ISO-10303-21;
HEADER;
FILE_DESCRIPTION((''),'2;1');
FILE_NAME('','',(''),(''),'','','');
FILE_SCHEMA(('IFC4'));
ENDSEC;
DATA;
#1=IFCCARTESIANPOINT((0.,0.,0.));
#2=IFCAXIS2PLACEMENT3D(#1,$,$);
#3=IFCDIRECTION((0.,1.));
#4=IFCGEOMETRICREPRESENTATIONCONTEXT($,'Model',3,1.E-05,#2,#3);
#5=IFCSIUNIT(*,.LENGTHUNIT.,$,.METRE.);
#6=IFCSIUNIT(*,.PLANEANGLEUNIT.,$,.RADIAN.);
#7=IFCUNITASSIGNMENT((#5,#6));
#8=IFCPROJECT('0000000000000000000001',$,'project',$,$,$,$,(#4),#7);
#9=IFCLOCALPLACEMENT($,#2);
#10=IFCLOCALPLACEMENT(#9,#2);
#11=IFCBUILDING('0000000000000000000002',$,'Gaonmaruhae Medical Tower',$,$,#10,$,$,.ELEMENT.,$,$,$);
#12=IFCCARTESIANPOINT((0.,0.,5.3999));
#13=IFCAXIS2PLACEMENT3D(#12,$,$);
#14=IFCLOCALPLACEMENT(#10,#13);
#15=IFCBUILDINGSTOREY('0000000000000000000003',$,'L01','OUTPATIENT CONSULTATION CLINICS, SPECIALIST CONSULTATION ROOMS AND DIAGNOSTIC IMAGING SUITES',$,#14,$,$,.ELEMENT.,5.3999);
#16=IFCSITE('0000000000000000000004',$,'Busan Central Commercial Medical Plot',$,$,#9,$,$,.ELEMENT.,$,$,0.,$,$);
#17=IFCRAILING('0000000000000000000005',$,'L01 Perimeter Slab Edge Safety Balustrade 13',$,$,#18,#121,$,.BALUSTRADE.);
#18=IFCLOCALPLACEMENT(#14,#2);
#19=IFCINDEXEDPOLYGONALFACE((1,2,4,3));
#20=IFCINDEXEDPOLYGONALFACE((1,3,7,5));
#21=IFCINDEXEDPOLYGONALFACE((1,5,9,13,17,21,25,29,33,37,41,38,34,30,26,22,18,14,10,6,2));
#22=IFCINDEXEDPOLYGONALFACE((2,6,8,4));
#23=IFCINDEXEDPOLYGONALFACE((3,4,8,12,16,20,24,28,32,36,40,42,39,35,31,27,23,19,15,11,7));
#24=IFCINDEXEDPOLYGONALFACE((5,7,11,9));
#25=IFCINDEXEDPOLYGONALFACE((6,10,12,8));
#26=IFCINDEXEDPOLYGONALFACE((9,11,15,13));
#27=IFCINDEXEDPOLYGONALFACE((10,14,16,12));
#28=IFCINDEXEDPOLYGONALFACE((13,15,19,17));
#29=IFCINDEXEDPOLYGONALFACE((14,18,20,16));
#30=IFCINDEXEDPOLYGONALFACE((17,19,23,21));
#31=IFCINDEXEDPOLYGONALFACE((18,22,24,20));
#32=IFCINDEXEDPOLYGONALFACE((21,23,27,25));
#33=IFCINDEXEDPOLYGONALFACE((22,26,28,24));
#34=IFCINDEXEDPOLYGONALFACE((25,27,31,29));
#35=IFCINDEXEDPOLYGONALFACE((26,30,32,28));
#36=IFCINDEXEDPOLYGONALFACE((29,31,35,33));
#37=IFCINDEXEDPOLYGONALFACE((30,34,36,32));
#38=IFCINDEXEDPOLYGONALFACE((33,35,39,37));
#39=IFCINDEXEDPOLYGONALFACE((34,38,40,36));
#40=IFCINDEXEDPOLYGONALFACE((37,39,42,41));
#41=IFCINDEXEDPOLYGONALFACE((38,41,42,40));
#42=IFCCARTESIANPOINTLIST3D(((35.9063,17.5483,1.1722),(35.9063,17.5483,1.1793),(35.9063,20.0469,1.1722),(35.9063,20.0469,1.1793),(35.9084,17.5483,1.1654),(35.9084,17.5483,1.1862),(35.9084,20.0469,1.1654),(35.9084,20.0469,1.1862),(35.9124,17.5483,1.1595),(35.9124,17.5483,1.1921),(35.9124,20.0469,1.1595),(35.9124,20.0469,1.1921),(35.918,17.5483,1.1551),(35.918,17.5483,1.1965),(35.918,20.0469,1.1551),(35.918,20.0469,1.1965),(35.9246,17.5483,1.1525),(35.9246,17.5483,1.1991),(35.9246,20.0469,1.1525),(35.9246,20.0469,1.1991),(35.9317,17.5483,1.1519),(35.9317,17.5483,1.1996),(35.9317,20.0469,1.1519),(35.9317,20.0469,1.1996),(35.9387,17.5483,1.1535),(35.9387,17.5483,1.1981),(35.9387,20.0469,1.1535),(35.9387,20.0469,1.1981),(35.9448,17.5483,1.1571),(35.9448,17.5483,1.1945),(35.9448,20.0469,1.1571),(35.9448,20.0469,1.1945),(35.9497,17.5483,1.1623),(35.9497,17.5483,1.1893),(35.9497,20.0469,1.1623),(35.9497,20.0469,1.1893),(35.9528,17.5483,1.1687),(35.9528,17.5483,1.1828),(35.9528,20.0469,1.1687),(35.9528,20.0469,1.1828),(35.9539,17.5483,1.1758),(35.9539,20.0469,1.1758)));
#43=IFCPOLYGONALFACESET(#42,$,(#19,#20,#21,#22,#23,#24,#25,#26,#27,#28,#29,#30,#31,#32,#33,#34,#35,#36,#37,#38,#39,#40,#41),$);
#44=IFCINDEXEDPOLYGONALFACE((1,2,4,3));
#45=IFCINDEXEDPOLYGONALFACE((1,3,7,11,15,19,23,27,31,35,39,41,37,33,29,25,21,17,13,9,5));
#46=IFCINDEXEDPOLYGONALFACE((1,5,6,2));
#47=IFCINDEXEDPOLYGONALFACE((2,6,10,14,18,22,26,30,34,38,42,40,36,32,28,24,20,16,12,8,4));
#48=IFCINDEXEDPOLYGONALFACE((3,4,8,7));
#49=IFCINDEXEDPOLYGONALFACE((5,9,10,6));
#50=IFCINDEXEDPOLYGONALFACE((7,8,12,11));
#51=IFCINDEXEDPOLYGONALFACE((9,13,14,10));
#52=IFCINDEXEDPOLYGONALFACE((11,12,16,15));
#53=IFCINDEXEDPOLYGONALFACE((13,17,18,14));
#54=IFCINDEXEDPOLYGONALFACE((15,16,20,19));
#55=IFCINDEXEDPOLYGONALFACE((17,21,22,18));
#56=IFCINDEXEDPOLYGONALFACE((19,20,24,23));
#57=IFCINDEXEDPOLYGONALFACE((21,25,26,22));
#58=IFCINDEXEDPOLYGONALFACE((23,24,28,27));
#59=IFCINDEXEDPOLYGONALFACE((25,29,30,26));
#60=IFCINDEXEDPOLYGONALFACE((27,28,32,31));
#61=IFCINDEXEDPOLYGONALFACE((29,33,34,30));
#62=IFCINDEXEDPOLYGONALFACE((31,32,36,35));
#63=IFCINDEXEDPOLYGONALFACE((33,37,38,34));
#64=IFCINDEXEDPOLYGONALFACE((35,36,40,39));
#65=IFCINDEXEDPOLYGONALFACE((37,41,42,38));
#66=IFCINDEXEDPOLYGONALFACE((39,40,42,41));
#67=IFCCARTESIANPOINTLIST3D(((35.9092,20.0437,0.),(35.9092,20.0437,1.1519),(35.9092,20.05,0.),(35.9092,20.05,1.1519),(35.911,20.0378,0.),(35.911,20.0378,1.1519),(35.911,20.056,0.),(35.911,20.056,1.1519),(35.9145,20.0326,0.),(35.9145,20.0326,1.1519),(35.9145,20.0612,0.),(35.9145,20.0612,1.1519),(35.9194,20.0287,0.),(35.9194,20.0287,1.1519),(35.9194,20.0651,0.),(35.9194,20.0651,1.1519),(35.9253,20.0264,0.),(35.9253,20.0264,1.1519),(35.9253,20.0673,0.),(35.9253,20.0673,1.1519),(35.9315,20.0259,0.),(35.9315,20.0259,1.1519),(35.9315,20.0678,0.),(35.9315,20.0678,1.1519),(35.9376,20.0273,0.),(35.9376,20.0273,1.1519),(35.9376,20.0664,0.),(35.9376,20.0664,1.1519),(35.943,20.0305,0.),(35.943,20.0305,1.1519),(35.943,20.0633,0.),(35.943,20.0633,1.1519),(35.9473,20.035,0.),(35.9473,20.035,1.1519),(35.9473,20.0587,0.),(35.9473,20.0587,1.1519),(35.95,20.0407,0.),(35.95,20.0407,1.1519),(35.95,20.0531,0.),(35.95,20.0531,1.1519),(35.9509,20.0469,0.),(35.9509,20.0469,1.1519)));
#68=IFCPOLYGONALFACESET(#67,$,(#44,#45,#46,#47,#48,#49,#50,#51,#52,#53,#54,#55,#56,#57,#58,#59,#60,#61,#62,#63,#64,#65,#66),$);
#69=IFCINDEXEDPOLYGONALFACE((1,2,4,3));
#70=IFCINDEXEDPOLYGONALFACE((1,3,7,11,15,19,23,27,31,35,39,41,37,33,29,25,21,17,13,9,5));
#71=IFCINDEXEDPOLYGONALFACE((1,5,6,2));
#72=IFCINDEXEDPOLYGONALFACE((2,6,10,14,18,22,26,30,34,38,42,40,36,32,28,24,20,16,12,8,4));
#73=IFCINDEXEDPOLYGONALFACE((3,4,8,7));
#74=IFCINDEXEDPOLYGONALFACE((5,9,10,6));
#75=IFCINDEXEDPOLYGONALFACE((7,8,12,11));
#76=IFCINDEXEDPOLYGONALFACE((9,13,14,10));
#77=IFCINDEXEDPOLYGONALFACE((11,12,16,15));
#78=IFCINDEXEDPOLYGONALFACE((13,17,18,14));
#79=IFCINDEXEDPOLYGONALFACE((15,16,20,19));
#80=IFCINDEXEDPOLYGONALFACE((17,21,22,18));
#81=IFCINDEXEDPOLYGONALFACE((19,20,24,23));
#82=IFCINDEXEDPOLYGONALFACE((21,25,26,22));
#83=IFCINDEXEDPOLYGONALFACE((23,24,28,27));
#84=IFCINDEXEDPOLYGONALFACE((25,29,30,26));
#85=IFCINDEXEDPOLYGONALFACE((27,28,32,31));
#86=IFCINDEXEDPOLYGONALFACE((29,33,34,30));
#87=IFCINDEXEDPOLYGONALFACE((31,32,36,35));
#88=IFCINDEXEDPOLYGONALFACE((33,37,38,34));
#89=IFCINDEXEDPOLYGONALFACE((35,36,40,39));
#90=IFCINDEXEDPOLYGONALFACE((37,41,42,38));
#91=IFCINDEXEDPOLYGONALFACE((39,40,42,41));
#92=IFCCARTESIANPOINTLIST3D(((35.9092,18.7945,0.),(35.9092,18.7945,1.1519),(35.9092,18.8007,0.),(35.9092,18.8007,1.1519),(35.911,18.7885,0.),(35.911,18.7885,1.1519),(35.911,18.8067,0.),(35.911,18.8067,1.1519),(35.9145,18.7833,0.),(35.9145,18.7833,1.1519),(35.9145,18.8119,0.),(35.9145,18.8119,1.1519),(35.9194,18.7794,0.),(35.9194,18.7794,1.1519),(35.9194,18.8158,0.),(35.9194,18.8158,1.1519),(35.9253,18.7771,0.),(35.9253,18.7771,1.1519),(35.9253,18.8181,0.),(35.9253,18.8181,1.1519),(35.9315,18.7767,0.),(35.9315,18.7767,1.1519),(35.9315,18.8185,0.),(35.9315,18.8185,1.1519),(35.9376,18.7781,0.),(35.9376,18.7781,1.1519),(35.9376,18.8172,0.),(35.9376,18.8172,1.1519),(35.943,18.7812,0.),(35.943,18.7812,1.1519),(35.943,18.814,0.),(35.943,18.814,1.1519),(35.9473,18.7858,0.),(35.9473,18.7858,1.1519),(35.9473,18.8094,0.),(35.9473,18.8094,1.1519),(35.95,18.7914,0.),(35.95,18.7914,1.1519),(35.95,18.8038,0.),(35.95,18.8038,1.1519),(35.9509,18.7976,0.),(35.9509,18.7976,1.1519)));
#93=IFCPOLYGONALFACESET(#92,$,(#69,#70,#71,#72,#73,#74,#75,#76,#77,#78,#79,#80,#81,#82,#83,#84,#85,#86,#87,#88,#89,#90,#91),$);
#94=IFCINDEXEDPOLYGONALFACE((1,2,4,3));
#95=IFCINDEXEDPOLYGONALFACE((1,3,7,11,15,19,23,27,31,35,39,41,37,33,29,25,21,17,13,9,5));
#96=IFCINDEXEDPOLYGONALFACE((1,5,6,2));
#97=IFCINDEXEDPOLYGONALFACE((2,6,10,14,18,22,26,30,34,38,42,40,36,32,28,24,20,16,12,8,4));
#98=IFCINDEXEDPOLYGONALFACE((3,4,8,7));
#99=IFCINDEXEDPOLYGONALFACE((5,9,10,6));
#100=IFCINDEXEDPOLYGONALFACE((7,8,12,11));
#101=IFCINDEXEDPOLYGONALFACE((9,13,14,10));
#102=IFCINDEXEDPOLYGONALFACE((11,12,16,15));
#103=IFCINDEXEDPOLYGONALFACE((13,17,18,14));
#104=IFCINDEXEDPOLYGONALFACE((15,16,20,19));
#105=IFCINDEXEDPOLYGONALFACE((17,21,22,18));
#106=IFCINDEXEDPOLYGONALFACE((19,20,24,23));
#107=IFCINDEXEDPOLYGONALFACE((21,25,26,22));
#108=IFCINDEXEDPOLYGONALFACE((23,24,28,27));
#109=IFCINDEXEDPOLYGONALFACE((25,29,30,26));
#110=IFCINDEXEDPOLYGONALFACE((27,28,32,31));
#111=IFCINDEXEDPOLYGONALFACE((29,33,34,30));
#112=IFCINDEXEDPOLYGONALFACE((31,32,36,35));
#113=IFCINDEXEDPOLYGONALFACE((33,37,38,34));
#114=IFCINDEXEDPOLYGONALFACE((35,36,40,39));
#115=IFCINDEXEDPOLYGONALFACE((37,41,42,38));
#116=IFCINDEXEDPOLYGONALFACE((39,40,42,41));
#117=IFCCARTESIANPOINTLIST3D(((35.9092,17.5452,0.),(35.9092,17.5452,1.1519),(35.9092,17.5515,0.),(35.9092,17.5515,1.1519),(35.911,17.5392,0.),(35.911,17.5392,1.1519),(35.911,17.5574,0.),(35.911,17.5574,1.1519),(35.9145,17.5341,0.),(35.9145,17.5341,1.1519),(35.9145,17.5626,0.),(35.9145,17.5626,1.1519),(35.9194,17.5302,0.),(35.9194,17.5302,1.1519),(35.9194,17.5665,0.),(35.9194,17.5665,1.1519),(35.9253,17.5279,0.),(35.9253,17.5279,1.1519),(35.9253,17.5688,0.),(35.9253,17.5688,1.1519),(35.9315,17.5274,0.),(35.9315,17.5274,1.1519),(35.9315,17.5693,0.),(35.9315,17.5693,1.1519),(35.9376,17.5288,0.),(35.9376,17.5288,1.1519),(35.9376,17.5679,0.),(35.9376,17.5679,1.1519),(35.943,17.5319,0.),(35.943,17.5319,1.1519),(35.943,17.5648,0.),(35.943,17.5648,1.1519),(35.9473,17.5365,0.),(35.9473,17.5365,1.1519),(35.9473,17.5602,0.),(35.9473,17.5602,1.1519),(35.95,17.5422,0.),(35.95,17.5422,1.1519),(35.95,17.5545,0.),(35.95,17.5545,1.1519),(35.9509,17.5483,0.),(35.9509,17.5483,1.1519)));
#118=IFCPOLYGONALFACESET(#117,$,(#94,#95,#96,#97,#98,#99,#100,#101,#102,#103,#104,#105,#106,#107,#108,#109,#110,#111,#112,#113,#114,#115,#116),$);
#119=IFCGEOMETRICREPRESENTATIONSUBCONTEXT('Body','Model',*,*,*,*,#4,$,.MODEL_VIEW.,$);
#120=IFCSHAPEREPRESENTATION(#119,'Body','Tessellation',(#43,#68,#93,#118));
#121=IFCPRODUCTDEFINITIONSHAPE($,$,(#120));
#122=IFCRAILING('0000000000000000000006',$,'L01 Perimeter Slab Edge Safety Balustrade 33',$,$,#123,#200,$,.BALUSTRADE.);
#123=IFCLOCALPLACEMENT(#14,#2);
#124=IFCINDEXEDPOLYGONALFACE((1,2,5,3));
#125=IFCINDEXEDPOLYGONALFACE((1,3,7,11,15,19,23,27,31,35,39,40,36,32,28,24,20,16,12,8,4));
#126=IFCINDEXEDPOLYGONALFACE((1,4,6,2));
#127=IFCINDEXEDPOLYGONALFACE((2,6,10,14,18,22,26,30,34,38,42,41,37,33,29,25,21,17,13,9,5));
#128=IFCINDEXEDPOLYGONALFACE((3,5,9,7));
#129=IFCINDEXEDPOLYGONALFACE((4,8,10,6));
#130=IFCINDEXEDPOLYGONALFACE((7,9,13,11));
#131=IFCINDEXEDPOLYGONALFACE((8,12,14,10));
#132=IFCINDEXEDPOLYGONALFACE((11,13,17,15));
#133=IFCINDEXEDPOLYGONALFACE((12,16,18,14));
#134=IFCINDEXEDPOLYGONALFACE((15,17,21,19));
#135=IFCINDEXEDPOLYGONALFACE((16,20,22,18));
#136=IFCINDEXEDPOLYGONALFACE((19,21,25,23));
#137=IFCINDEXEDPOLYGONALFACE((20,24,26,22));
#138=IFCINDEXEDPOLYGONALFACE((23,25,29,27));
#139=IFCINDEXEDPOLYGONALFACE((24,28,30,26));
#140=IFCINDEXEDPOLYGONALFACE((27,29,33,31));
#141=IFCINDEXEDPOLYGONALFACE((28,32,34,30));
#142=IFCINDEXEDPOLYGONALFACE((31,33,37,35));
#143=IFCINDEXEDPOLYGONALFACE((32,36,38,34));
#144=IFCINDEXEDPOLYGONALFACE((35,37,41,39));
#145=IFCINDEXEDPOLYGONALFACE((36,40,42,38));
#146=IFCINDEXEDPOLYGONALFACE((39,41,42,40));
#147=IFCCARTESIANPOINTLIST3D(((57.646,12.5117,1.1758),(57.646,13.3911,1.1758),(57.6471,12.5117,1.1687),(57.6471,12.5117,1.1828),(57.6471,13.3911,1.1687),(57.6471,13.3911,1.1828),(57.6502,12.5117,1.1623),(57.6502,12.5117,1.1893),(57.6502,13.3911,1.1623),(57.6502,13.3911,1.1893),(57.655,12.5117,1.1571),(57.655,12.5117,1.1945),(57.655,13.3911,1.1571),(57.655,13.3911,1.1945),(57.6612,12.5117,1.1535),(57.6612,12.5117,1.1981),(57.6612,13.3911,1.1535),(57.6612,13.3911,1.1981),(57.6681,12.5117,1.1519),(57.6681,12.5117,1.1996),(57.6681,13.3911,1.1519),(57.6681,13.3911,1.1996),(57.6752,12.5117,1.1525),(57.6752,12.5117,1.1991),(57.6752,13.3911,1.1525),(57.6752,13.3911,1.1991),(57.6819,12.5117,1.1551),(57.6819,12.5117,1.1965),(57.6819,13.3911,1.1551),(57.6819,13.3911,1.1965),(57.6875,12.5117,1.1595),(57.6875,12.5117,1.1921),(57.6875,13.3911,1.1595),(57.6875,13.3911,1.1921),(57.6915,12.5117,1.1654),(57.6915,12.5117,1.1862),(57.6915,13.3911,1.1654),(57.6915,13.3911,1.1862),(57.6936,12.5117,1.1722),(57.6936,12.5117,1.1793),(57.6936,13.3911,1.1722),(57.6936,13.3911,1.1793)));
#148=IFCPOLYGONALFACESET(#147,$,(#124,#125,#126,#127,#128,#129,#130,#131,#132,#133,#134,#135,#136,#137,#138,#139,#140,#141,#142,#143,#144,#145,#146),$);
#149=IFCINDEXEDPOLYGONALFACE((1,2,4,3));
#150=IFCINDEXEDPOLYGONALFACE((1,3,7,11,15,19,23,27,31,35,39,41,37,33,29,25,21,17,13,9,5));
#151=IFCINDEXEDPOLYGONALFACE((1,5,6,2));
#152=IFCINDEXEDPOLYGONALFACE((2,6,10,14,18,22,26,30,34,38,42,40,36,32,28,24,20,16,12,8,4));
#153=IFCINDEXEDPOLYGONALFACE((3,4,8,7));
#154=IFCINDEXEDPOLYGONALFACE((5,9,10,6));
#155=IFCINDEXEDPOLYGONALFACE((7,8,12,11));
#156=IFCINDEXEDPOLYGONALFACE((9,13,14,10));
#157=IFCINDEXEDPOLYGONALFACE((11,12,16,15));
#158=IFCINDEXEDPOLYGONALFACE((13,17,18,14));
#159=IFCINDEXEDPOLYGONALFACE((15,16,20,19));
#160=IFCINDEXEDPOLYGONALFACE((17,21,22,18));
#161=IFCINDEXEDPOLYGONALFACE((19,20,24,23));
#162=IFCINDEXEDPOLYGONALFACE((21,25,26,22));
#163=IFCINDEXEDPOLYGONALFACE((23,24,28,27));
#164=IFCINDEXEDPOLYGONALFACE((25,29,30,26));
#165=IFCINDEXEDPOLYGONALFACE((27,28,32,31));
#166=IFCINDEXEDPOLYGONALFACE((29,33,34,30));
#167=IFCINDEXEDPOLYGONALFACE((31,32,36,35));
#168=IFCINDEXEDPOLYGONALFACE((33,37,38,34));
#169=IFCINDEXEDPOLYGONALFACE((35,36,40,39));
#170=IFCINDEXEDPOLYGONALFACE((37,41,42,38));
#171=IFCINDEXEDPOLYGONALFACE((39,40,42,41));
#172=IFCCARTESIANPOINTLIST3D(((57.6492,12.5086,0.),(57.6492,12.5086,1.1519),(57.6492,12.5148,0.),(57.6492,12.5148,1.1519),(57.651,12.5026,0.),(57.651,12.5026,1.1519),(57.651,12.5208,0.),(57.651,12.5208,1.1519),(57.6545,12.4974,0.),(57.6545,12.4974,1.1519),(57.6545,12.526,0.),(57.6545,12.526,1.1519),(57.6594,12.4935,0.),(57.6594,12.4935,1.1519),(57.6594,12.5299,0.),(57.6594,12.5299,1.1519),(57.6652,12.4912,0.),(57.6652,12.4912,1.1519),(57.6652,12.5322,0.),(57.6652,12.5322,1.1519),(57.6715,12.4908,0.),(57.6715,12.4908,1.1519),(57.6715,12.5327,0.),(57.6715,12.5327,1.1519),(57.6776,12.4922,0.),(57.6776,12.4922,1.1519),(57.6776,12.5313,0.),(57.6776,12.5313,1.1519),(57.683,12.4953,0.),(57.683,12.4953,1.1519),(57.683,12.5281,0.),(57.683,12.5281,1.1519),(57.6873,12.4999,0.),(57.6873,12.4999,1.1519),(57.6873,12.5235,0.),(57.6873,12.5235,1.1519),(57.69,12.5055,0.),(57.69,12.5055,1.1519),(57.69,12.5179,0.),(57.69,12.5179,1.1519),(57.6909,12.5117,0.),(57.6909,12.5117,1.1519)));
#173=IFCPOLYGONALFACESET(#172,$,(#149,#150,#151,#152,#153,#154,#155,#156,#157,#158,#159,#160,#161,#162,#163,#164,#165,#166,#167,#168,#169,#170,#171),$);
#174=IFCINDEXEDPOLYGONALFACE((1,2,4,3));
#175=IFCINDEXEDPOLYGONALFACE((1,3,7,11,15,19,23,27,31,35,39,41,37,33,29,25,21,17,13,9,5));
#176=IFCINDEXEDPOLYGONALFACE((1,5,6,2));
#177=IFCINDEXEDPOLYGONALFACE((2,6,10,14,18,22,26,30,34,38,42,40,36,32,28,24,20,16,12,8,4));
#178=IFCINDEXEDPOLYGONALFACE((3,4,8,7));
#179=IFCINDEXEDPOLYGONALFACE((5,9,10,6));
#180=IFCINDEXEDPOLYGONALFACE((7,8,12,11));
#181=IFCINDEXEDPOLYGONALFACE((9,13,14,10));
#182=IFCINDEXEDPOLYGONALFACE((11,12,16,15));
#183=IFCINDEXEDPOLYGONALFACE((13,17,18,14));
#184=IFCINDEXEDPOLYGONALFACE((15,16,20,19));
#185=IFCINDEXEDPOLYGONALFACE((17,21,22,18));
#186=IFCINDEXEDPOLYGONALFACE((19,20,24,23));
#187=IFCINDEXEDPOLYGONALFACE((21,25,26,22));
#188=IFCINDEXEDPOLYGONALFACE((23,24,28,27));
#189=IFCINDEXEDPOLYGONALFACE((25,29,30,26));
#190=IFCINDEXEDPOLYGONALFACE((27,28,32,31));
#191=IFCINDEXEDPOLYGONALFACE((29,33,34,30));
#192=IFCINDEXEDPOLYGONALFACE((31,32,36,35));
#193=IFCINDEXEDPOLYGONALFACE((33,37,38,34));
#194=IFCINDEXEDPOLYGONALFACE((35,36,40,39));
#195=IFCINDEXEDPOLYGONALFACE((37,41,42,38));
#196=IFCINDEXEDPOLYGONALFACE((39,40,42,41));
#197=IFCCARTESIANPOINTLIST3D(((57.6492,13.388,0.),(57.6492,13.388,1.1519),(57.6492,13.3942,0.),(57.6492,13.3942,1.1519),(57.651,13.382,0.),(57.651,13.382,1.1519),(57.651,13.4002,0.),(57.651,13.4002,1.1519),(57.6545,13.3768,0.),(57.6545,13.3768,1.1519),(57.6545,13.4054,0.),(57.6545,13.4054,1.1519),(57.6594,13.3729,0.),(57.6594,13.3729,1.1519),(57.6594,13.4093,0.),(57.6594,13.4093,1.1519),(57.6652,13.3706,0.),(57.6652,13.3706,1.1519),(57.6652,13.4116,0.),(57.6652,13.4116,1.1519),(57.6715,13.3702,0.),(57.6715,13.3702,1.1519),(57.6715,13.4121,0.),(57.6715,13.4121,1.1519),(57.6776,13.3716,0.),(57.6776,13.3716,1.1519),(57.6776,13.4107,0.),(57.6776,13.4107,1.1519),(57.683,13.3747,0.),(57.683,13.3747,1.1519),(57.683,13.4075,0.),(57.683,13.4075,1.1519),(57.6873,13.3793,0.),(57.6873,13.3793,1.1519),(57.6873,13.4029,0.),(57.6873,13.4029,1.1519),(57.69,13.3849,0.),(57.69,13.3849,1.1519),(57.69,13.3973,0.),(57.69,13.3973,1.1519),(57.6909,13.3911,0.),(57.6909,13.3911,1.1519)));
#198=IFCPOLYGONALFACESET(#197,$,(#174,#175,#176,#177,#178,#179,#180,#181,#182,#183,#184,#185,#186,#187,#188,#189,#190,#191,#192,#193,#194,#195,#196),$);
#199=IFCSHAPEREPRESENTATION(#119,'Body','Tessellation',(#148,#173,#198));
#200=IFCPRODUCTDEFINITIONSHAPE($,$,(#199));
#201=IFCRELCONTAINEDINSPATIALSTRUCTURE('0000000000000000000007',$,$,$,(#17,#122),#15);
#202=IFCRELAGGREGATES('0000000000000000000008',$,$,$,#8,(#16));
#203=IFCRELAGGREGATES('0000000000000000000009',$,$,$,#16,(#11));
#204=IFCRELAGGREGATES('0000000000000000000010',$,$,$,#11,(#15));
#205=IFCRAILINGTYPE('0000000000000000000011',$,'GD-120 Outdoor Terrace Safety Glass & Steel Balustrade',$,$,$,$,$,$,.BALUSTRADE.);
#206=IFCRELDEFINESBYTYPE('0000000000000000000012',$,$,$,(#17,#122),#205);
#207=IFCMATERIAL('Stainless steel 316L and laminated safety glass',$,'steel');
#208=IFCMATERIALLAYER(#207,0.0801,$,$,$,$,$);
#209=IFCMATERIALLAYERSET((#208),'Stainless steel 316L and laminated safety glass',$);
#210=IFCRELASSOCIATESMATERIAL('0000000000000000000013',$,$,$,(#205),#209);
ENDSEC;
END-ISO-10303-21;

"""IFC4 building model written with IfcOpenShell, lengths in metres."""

from ifc_helpers import new_model, si_unit, direction, frame, origin, origin_2d, place, context, subcontext, project, spatial, circle, extrude, material, layer, layer_set, type_object, element, save


model = new_model("IFC4")

# Units and contexts
model_context = context("Model", 3, precision=1e-05, world=origin(), true_north=direction((0.0, 1.0)))
body_context = subcontext(model_context, "Body", "Model", "MODEL_VIEW")
ifc_project = project(units=[si_unit("LENGTHUNIT", "METRE"), si_unit("PLANEANGLEUNIT", "RADIAN")], contexts=[model_context])

# Site, building, storey
site_placement = place(None, origin())
site = spatial("IfcSite", under=ifc_project, at=site_placement, Name="Busan Central Commercial Medical Plot", CompositionType="ELEMENT", RefElevation=0.0)
building_placement = place(site_placement, origin())
building = spatial("IfcBuilding", under=site, at=building_placement, Name="Gaonmaruhae Medical Tower", CompositionType="ELEMENT")
storey_placement = place(building_placement, frame((0.0, 0.0, 5.3999)))
storey = spatial("IfcBuildingStorey", under=building, at=storey_placement, Name="L01", Description="OUTPATIENT CONSULTATION CLINICS, SPECIALIST CONSULTATION ROOMS AND DIAGNOSTIC IMAGING SUITES", CompositionType="ELEMENT", Elevation=5.3999)

# Railings
ifc_material_1 = material(Name="Stainless steel 316L and laminated safety glass", Category="steel")
ifc_layer_1 = layer(ifc_material_1, 0.0801)
ifc_layer_set_1 = layer_set([ifc_layer_1], Name="Stainless steel 316L and laminated safety glass")
railing_type_1 = type_object("IfcRailingType", Name="GD-120 Outdoor Terrace Safety Glass & Steel Balustrade", PredefinedType="BALUSTRADE", material=ifc_layer_set_1)
railing_1_placement = place(storey_placement, frame((35.9299, 20.0469, 0.0)))
element("IfcRailing", 1, at=railing_1_placement, inside=storey, type_object=railing_type_1, Name="L01 Perimeter Slab Edge Safety Balustrade 13", PredefinedType="BALUSTRADE", context=body_context, shape_type="SweptSolid", body=[
    extrude(circle(Radius=0.0239, at=origin_2d()), frame((0.0, 0.0, 1.1758), z_axis=(0.0, -1.0, 0.0), x_axis=(1.0, 0.0, 0.0)), (0.0, 0.0, 1.0), 2.4985),
    extrude(circle(Radius=0.021, at=origin_2d()), origin(), (0.0, 0.0, 1.0), 1.1519),
    extrude(circle(Radius=0.021, at=origin_2d()), frame((0.0, -1.2493, 0.0)), (0.0, 0.0, 1.0), 1.1519),
    extrude(circle(Radius=0.021, at=origin_2d()), frame((0.0, -2.4985, 0.0)), (0.0, 0.0, 1.0), 1.1519),
])
railing_2_placement = place(storey_placement, frame((57.6699, 12.5117, 0.0)))
element("IfcRailing", 2, at=railing_2_placement, inside=storey, type_object=railing_type_1, Name="L01 Perimeter Slab Edge Safety Balustrade 33", PredefinedType="BALUSTRADE", context=body_context, shape_type="SweptSolid", body=[
    extrude(circle(Radius=0.0239, at=origin_2d()), frame((0.0, 0.0, 1.1758), z_axis=(0.0, 1.0, 0.0), x_axis=(-1.0, 0.0, 0.0)), (0.0, 0.0, 1.0), 0.8794),
    extrude(circle(Radius=0.021, at=origin_2d()), origin(), (0.0, 0.0, 1.0), 1.1519),
    extrude(circle(Radius=0.021, at=origin_2d()), frame((0.0, 0.8794, 0.0)), (0.0, 0.0, 1.0), 1.1519),
])

save(model, "model.ifc")
